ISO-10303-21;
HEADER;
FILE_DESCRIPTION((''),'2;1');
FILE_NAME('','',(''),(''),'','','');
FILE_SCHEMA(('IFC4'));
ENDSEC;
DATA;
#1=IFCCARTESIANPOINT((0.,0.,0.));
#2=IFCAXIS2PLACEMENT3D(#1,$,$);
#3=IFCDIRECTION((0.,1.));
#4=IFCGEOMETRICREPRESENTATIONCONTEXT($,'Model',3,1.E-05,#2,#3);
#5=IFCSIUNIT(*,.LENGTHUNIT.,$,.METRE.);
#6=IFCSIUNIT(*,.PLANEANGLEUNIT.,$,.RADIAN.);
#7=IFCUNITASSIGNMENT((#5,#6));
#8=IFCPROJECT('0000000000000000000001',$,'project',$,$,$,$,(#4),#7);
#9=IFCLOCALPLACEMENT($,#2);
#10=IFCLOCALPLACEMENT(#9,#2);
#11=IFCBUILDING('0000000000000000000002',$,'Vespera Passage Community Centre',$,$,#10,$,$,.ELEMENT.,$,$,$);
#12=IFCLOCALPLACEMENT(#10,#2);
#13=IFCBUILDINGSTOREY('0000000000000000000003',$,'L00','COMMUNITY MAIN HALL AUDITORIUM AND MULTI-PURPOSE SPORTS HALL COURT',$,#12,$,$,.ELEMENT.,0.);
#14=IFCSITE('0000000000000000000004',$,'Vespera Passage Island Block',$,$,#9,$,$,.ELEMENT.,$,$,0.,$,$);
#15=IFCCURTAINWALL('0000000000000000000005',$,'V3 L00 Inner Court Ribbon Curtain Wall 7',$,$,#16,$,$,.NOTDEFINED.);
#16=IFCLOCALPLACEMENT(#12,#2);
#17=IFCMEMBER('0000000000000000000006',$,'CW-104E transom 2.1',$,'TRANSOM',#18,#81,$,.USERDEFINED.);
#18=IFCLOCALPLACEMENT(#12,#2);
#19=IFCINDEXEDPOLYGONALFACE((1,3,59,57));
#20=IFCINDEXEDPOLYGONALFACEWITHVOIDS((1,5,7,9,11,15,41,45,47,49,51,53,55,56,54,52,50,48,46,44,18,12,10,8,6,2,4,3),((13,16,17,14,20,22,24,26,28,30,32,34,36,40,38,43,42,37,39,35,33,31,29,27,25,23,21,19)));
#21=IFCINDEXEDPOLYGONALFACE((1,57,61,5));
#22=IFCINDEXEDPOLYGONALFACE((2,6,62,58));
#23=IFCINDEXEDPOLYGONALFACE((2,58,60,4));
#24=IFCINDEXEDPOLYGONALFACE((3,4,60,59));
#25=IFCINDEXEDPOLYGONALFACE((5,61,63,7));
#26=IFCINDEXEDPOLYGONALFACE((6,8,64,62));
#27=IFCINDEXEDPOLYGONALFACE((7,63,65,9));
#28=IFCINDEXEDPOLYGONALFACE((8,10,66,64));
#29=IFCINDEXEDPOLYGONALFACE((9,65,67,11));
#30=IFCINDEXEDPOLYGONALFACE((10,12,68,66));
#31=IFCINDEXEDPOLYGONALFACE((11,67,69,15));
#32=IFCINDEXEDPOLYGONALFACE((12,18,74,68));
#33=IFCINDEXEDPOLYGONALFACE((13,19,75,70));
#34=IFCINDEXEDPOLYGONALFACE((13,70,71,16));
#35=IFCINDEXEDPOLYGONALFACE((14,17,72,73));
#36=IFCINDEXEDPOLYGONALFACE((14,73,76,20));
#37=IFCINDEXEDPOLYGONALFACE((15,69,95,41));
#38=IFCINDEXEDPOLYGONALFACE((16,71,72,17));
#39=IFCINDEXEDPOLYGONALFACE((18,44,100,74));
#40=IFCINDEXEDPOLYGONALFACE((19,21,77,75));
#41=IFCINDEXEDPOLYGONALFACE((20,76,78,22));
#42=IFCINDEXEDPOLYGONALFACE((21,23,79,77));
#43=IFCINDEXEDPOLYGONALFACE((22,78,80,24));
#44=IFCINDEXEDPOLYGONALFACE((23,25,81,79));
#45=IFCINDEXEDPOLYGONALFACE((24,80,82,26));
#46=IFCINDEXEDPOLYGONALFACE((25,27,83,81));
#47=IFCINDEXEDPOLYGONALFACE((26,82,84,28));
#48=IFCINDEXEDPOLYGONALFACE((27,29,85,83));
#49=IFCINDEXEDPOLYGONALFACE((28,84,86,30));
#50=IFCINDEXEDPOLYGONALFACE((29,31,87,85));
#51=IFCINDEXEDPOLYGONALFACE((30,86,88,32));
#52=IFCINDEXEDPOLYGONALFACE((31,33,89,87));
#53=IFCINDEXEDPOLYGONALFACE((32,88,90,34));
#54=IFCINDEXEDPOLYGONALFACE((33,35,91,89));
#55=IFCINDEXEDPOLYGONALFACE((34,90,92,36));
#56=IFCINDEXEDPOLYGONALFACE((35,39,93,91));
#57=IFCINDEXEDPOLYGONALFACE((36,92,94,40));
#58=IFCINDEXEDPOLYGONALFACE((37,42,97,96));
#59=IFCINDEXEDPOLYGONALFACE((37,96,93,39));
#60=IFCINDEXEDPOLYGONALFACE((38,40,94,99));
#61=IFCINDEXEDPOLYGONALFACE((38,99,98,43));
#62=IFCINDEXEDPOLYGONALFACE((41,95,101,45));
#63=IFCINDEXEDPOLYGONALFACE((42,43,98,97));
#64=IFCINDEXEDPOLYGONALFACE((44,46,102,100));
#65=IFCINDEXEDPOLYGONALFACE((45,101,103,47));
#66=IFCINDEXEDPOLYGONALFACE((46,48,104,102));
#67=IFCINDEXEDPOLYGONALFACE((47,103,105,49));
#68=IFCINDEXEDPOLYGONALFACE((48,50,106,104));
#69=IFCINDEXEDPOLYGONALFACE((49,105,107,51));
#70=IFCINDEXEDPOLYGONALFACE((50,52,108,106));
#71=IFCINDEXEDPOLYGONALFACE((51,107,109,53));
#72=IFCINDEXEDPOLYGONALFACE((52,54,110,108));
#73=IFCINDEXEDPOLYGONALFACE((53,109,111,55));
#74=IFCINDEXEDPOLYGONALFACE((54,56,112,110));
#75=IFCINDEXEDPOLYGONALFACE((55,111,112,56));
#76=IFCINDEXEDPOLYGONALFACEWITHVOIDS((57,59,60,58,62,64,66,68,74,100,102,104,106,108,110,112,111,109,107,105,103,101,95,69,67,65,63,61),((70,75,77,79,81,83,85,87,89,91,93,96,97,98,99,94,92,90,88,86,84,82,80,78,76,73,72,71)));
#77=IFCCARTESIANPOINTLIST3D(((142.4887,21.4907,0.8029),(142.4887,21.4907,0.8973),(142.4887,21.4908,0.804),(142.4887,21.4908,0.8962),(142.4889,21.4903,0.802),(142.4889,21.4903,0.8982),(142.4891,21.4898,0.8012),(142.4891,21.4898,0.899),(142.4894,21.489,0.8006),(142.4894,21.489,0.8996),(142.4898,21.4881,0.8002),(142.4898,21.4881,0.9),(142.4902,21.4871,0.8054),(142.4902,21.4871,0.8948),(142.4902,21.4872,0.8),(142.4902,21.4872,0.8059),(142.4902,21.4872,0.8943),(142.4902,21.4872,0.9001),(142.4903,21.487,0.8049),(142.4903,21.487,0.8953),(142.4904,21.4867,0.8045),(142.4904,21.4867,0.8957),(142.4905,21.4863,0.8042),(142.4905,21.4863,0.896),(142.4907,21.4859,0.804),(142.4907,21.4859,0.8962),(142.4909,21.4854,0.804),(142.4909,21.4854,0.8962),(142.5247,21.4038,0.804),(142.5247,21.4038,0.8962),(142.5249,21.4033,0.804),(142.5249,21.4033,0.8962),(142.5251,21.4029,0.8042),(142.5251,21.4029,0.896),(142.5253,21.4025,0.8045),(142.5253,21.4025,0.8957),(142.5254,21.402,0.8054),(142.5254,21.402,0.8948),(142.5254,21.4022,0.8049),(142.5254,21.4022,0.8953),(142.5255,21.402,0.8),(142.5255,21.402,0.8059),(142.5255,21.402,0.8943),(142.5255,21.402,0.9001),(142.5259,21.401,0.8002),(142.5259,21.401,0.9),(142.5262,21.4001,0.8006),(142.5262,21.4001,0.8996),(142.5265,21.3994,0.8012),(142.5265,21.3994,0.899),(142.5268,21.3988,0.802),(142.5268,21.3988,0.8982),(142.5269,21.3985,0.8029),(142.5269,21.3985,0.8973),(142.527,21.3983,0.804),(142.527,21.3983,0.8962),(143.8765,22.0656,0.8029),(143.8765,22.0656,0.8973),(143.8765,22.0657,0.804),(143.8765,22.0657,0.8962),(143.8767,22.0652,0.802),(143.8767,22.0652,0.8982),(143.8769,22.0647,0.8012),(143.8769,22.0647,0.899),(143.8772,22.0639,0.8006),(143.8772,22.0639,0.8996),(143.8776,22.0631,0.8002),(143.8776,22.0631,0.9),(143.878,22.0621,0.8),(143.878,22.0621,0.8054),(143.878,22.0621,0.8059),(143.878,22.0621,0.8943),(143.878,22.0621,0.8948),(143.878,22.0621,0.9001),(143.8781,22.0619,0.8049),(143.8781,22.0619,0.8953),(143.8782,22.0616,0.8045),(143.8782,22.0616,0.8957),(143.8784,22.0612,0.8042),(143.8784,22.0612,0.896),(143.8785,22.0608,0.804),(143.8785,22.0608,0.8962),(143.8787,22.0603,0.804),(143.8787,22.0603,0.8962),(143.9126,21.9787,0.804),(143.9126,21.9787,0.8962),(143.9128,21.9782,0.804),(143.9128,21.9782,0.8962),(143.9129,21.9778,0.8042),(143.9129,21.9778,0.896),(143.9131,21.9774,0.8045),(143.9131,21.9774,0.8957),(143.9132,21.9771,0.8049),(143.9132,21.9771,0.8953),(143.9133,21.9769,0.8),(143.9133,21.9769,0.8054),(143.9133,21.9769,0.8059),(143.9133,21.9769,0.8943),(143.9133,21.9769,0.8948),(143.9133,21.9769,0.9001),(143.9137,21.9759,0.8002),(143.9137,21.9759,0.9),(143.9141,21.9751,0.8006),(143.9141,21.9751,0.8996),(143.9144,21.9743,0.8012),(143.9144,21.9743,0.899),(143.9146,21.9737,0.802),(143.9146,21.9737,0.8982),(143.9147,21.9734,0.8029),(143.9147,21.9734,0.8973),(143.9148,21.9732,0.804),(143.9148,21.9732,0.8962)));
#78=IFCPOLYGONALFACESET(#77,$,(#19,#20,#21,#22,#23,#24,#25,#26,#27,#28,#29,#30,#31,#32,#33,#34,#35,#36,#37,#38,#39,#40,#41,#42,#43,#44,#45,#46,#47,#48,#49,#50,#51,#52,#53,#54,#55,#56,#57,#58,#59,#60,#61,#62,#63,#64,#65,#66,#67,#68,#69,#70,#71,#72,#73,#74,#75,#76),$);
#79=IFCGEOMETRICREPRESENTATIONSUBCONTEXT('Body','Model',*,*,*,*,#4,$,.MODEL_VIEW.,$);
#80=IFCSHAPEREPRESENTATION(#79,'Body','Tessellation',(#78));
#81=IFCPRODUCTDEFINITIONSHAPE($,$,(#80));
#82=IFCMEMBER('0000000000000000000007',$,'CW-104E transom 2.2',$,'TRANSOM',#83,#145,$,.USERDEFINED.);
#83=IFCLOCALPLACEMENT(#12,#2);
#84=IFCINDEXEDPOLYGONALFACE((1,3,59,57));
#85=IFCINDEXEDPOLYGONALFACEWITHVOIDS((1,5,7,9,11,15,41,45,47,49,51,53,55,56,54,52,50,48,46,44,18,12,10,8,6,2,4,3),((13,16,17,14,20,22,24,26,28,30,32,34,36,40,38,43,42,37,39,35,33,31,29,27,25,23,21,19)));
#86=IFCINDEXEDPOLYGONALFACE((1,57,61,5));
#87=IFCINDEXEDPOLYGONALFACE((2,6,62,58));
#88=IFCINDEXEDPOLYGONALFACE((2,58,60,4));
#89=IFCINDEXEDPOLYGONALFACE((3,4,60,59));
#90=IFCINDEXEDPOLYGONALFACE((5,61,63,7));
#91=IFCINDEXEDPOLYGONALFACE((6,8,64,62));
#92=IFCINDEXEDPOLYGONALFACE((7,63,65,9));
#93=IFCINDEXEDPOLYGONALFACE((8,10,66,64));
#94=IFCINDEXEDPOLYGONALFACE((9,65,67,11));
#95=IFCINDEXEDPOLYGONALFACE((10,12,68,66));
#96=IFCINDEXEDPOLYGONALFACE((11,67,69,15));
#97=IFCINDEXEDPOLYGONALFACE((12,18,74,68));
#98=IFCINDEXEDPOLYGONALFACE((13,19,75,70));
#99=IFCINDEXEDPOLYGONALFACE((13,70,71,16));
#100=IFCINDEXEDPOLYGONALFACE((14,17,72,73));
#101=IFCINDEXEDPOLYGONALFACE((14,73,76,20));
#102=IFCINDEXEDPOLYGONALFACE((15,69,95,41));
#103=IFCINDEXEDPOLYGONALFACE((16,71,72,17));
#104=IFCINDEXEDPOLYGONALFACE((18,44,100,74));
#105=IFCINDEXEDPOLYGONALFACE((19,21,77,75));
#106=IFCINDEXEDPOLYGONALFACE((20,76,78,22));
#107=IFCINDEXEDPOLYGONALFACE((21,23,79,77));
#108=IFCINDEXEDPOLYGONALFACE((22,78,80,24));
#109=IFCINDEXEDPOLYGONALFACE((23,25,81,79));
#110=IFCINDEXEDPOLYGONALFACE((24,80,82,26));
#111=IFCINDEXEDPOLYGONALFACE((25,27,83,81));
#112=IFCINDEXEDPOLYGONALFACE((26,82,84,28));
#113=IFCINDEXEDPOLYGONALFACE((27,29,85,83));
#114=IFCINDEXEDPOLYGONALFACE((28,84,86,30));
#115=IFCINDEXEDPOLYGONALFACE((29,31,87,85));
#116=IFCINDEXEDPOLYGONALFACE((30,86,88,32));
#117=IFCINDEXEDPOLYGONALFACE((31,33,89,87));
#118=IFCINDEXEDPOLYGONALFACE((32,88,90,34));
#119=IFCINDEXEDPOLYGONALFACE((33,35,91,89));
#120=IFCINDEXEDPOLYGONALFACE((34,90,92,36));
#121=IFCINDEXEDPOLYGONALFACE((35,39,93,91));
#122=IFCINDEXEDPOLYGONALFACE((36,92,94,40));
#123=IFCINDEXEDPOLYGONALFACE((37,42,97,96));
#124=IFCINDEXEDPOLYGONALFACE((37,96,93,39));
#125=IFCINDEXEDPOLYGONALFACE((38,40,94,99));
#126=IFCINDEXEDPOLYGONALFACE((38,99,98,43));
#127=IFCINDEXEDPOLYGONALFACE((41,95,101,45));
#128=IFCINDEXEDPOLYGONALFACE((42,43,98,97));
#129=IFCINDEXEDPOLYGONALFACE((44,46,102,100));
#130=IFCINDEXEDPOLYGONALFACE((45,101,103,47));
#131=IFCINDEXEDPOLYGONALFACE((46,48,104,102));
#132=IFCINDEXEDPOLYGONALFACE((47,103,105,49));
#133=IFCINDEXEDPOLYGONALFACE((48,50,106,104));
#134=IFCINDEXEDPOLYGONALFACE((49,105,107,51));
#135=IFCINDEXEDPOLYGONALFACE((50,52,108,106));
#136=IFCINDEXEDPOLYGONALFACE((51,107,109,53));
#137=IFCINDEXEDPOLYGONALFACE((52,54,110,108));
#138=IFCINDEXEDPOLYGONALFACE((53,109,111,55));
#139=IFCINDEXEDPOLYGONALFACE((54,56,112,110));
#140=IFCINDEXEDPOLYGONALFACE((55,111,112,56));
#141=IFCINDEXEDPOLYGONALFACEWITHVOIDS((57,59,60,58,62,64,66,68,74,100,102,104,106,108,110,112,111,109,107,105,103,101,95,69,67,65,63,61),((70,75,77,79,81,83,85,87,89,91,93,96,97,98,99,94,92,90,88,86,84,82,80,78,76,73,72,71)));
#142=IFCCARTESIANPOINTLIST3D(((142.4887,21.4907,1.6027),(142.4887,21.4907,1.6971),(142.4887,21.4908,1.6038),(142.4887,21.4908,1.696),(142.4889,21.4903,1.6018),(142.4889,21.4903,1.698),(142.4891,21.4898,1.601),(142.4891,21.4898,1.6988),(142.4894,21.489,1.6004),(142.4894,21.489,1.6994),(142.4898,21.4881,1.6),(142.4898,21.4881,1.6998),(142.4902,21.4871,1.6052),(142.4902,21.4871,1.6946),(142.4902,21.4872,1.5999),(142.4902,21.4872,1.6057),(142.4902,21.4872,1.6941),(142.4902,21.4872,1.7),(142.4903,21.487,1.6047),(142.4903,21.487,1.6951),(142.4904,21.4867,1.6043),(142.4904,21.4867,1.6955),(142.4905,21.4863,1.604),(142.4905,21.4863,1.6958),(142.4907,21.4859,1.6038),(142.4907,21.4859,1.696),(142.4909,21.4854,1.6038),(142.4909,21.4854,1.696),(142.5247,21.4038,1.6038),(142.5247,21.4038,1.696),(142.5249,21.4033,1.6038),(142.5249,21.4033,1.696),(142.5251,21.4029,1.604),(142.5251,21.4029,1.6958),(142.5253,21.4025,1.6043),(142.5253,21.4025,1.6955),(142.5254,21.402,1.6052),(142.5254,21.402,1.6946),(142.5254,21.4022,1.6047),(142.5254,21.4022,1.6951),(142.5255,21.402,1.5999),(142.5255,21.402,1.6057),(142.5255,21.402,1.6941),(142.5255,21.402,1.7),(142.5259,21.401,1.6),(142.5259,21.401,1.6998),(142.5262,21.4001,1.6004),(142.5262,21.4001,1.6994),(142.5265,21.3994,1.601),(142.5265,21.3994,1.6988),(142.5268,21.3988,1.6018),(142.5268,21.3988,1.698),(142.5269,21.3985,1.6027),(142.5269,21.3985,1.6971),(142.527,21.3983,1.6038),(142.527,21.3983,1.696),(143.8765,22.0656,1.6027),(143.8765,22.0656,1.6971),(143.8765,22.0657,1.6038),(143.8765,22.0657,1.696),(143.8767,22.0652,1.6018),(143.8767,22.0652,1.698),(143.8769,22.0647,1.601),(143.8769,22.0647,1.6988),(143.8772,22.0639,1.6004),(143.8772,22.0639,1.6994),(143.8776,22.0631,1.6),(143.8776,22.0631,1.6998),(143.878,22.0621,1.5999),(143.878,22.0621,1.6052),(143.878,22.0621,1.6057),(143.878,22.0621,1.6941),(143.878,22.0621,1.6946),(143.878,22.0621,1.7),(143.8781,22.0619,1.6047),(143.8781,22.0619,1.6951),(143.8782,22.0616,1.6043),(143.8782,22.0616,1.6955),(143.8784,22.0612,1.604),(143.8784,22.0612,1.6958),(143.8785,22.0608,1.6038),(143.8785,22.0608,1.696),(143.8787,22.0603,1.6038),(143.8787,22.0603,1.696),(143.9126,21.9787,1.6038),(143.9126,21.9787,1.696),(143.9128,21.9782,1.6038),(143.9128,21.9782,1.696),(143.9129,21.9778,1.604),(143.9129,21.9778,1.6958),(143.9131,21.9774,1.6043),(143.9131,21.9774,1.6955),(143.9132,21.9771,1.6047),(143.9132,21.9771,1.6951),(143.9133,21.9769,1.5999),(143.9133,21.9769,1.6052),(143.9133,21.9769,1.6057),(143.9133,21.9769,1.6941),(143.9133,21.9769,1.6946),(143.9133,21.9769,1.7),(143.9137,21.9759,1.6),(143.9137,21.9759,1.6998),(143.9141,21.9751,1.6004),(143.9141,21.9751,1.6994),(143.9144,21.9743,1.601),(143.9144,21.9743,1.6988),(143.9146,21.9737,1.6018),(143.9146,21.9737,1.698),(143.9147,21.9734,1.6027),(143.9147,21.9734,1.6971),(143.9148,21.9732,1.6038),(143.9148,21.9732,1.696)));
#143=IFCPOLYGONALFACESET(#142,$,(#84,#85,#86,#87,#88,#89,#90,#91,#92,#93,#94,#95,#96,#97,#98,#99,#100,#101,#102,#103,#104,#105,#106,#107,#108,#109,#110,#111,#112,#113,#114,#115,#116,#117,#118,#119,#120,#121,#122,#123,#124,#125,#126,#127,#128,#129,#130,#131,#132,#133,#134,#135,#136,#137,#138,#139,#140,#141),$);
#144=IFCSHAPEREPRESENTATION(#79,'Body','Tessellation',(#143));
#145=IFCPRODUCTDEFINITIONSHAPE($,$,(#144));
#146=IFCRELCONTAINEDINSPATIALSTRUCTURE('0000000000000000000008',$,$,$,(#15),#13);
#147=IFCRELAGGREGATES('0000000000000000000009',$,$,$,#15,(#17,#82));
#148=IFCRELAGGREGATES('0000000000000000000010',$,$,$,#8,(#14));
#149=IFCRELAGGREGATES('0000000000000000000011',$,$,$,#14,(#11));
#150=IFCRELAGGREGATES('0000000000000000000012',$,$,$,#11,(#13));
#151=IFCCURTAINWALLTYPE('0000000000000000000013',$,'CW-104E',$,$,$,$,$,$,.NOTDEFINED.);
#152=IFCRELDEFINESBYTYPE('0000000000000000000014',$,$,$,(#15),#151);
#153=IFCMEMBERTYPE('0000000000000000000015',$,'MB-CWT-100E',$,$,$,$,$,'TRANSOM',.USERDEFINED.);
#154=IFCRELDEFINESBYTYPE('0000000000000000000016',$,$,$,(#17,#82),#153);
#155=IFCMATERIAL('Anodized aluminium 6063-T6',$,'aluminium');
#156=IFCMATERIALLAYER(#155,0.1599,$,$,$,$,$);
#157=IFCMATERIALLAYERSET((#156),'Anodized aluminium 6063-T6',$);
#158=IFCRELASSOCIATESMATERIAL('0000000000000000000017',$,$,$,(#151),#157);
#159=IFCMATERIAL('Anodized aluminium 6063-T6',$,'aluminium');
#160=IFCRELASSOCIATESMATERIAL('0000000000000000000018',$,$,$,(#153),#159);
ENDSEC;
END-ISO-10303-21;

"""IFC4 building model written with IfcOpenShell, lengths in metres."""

from ifc_helpers import new_model, si_unit, direction, frame, origin, origin_2d, place, context, subcontext, project, spatial, hollow_rectangle, extrude, material, layer, layer_set, material_profile, profile_set, type_object, element, aggregate, save


model = new_model("IFC4")

# Units and contexts
model_context = context("Model", 3, precision=1e-05, world=origin(), true_north=direction((0.0, 1.0)))
body_context = subcontext(model_context, "Body", "Model", "MODEL_VIEW")
ifc_project = project(units=[si_unit("LENGTHUNIT", "METRE"), si_unit("PLANEANGLEUNIT", "RADIAN")], contexts=[model_context])

# Site, building, storey
site_placement = place(None, origin())
site = spatial("IfcSite", under=ifc_project, at=site_placement, Name="Vespera Passage Island Block", CompositionType="ELEMENT", RefElevation=0.0)
building_placement = place(site_placement, origin())
building = spatial("IfcBuilding", under=site, at=building_placement, Name="Vespera Passage Community Centre", CompositionType="ELEMENT")
storey_placement = place(building_placement, origin())
storey = spatial("IfcBuildingStorey", under=building, at=storey_placement, Name="L00", Description="COMMUNITY MAIN HALL AUDITORIUM AND MULTI-PURPOSE SPORTS HALL COURT", CompositionType="ELEMENT", Elevation=0.0)

# Curtain wall
ifc_material_1 = material(Name="Anodized aluminium 6063-T6", Category="aluminium")
ifc_layer_1 = layer(ifc_material_1, 0.1599)
ifc_layer_set_1 = layer_set([ifc_layer_1], Name="Anodized aluminium 6063-T6")
curtain_wall_type = type_object("IfcCurtainWallType", Name="CW-104E", PredefinedType="NOTDEFINED", material=ifc_layer_set_1)
curtain_wall_1_placement = place(storey_placement, origin())
curtain_wall_1 = element("IfcCurtainWall", 1, at=curtain_wall_1_placement, inside=storey, type_object=curtain_wall_type, Name="V3 L00 Inner Court Ribbon Curtain Wall 7", PredefinedType="NOTDEFINED")

# Members
ifc_material_2 = material(Name="Anodized aluminium 6063-T6", Category="aluminium")
ifc_material_profile_1 = material_profile(ifc_material_2, hollow_rectangle(XDim=0.1001, YDim=0.1001, WallThickness=0.0039, InnerFilletRadius=0.002, OuterFilletRadius=0.0039, at=origin_2d()), Name="ALU100X100X4")
ifc_profile_set_1 = profile_set([ifc_material_profile_1], Name="Anodized aluminium 6063-T6")
member_type_1 = type_object("IfcMemberType", Name="MB-CWT-100E", ElementType="TRANSOM", PredefinedType="USERDEFINED", material=ifc_profile_set_1)
member_1_placement = place(storey_placement, frame((142.5078, 21.4446, 0.8501), z_axis=(0.923868, 0.382711, 0.0), x_axis=(-0.382711, 0.923868, 0.0)))
member_1 = element("IfcMember", 2, at=member_1_placement, type_object=member_type_1, Name="CW-104E transom 2.1", ObjectType="TRANSOM", PredefinedType="USERDEFINED", context=body_context, shape_type="SweptSolid", body=[
    extrude(hollow_rectangle(XDim=0.1001, YDim=0.1001, WallThickness=0.0039, InnerFilletRadius=0.002, OuterFilletRadius=0.0039, at=origin_2d()), origin(), (0.0, 0.0, 1.0), 1.5022),
])
member_2_placement = place(storey_placement, frame((142.5078, 21.4446, 1.6499), z_axis=(0.923868, 0.382711, 0.0), x_axis=(-0.382711, 0.923868, 0.0)))
member_2 = element("IfcMember", 3, at=member_2_placement, type_object=member_type_1, Name="CW-104E transom 2.2", ObjectType="TRANSOM", PredefinedType="USERDEFINED", context=body_context, shape_type="SweptSolid", body=[
    extrude(hollow_rectangle(XDim=0.1001, YDim=0.1001, WallThickness=0.0039, InnerFilletRadius=0.002, OuterFilletRadius=0.0039, at=origin_2d()), origin(), (0.0, 0.0, 1.0), 1.5022),
])

aggregate(curtain_wall_1, [member_1, member_2])

save(model, "model.ifc")
